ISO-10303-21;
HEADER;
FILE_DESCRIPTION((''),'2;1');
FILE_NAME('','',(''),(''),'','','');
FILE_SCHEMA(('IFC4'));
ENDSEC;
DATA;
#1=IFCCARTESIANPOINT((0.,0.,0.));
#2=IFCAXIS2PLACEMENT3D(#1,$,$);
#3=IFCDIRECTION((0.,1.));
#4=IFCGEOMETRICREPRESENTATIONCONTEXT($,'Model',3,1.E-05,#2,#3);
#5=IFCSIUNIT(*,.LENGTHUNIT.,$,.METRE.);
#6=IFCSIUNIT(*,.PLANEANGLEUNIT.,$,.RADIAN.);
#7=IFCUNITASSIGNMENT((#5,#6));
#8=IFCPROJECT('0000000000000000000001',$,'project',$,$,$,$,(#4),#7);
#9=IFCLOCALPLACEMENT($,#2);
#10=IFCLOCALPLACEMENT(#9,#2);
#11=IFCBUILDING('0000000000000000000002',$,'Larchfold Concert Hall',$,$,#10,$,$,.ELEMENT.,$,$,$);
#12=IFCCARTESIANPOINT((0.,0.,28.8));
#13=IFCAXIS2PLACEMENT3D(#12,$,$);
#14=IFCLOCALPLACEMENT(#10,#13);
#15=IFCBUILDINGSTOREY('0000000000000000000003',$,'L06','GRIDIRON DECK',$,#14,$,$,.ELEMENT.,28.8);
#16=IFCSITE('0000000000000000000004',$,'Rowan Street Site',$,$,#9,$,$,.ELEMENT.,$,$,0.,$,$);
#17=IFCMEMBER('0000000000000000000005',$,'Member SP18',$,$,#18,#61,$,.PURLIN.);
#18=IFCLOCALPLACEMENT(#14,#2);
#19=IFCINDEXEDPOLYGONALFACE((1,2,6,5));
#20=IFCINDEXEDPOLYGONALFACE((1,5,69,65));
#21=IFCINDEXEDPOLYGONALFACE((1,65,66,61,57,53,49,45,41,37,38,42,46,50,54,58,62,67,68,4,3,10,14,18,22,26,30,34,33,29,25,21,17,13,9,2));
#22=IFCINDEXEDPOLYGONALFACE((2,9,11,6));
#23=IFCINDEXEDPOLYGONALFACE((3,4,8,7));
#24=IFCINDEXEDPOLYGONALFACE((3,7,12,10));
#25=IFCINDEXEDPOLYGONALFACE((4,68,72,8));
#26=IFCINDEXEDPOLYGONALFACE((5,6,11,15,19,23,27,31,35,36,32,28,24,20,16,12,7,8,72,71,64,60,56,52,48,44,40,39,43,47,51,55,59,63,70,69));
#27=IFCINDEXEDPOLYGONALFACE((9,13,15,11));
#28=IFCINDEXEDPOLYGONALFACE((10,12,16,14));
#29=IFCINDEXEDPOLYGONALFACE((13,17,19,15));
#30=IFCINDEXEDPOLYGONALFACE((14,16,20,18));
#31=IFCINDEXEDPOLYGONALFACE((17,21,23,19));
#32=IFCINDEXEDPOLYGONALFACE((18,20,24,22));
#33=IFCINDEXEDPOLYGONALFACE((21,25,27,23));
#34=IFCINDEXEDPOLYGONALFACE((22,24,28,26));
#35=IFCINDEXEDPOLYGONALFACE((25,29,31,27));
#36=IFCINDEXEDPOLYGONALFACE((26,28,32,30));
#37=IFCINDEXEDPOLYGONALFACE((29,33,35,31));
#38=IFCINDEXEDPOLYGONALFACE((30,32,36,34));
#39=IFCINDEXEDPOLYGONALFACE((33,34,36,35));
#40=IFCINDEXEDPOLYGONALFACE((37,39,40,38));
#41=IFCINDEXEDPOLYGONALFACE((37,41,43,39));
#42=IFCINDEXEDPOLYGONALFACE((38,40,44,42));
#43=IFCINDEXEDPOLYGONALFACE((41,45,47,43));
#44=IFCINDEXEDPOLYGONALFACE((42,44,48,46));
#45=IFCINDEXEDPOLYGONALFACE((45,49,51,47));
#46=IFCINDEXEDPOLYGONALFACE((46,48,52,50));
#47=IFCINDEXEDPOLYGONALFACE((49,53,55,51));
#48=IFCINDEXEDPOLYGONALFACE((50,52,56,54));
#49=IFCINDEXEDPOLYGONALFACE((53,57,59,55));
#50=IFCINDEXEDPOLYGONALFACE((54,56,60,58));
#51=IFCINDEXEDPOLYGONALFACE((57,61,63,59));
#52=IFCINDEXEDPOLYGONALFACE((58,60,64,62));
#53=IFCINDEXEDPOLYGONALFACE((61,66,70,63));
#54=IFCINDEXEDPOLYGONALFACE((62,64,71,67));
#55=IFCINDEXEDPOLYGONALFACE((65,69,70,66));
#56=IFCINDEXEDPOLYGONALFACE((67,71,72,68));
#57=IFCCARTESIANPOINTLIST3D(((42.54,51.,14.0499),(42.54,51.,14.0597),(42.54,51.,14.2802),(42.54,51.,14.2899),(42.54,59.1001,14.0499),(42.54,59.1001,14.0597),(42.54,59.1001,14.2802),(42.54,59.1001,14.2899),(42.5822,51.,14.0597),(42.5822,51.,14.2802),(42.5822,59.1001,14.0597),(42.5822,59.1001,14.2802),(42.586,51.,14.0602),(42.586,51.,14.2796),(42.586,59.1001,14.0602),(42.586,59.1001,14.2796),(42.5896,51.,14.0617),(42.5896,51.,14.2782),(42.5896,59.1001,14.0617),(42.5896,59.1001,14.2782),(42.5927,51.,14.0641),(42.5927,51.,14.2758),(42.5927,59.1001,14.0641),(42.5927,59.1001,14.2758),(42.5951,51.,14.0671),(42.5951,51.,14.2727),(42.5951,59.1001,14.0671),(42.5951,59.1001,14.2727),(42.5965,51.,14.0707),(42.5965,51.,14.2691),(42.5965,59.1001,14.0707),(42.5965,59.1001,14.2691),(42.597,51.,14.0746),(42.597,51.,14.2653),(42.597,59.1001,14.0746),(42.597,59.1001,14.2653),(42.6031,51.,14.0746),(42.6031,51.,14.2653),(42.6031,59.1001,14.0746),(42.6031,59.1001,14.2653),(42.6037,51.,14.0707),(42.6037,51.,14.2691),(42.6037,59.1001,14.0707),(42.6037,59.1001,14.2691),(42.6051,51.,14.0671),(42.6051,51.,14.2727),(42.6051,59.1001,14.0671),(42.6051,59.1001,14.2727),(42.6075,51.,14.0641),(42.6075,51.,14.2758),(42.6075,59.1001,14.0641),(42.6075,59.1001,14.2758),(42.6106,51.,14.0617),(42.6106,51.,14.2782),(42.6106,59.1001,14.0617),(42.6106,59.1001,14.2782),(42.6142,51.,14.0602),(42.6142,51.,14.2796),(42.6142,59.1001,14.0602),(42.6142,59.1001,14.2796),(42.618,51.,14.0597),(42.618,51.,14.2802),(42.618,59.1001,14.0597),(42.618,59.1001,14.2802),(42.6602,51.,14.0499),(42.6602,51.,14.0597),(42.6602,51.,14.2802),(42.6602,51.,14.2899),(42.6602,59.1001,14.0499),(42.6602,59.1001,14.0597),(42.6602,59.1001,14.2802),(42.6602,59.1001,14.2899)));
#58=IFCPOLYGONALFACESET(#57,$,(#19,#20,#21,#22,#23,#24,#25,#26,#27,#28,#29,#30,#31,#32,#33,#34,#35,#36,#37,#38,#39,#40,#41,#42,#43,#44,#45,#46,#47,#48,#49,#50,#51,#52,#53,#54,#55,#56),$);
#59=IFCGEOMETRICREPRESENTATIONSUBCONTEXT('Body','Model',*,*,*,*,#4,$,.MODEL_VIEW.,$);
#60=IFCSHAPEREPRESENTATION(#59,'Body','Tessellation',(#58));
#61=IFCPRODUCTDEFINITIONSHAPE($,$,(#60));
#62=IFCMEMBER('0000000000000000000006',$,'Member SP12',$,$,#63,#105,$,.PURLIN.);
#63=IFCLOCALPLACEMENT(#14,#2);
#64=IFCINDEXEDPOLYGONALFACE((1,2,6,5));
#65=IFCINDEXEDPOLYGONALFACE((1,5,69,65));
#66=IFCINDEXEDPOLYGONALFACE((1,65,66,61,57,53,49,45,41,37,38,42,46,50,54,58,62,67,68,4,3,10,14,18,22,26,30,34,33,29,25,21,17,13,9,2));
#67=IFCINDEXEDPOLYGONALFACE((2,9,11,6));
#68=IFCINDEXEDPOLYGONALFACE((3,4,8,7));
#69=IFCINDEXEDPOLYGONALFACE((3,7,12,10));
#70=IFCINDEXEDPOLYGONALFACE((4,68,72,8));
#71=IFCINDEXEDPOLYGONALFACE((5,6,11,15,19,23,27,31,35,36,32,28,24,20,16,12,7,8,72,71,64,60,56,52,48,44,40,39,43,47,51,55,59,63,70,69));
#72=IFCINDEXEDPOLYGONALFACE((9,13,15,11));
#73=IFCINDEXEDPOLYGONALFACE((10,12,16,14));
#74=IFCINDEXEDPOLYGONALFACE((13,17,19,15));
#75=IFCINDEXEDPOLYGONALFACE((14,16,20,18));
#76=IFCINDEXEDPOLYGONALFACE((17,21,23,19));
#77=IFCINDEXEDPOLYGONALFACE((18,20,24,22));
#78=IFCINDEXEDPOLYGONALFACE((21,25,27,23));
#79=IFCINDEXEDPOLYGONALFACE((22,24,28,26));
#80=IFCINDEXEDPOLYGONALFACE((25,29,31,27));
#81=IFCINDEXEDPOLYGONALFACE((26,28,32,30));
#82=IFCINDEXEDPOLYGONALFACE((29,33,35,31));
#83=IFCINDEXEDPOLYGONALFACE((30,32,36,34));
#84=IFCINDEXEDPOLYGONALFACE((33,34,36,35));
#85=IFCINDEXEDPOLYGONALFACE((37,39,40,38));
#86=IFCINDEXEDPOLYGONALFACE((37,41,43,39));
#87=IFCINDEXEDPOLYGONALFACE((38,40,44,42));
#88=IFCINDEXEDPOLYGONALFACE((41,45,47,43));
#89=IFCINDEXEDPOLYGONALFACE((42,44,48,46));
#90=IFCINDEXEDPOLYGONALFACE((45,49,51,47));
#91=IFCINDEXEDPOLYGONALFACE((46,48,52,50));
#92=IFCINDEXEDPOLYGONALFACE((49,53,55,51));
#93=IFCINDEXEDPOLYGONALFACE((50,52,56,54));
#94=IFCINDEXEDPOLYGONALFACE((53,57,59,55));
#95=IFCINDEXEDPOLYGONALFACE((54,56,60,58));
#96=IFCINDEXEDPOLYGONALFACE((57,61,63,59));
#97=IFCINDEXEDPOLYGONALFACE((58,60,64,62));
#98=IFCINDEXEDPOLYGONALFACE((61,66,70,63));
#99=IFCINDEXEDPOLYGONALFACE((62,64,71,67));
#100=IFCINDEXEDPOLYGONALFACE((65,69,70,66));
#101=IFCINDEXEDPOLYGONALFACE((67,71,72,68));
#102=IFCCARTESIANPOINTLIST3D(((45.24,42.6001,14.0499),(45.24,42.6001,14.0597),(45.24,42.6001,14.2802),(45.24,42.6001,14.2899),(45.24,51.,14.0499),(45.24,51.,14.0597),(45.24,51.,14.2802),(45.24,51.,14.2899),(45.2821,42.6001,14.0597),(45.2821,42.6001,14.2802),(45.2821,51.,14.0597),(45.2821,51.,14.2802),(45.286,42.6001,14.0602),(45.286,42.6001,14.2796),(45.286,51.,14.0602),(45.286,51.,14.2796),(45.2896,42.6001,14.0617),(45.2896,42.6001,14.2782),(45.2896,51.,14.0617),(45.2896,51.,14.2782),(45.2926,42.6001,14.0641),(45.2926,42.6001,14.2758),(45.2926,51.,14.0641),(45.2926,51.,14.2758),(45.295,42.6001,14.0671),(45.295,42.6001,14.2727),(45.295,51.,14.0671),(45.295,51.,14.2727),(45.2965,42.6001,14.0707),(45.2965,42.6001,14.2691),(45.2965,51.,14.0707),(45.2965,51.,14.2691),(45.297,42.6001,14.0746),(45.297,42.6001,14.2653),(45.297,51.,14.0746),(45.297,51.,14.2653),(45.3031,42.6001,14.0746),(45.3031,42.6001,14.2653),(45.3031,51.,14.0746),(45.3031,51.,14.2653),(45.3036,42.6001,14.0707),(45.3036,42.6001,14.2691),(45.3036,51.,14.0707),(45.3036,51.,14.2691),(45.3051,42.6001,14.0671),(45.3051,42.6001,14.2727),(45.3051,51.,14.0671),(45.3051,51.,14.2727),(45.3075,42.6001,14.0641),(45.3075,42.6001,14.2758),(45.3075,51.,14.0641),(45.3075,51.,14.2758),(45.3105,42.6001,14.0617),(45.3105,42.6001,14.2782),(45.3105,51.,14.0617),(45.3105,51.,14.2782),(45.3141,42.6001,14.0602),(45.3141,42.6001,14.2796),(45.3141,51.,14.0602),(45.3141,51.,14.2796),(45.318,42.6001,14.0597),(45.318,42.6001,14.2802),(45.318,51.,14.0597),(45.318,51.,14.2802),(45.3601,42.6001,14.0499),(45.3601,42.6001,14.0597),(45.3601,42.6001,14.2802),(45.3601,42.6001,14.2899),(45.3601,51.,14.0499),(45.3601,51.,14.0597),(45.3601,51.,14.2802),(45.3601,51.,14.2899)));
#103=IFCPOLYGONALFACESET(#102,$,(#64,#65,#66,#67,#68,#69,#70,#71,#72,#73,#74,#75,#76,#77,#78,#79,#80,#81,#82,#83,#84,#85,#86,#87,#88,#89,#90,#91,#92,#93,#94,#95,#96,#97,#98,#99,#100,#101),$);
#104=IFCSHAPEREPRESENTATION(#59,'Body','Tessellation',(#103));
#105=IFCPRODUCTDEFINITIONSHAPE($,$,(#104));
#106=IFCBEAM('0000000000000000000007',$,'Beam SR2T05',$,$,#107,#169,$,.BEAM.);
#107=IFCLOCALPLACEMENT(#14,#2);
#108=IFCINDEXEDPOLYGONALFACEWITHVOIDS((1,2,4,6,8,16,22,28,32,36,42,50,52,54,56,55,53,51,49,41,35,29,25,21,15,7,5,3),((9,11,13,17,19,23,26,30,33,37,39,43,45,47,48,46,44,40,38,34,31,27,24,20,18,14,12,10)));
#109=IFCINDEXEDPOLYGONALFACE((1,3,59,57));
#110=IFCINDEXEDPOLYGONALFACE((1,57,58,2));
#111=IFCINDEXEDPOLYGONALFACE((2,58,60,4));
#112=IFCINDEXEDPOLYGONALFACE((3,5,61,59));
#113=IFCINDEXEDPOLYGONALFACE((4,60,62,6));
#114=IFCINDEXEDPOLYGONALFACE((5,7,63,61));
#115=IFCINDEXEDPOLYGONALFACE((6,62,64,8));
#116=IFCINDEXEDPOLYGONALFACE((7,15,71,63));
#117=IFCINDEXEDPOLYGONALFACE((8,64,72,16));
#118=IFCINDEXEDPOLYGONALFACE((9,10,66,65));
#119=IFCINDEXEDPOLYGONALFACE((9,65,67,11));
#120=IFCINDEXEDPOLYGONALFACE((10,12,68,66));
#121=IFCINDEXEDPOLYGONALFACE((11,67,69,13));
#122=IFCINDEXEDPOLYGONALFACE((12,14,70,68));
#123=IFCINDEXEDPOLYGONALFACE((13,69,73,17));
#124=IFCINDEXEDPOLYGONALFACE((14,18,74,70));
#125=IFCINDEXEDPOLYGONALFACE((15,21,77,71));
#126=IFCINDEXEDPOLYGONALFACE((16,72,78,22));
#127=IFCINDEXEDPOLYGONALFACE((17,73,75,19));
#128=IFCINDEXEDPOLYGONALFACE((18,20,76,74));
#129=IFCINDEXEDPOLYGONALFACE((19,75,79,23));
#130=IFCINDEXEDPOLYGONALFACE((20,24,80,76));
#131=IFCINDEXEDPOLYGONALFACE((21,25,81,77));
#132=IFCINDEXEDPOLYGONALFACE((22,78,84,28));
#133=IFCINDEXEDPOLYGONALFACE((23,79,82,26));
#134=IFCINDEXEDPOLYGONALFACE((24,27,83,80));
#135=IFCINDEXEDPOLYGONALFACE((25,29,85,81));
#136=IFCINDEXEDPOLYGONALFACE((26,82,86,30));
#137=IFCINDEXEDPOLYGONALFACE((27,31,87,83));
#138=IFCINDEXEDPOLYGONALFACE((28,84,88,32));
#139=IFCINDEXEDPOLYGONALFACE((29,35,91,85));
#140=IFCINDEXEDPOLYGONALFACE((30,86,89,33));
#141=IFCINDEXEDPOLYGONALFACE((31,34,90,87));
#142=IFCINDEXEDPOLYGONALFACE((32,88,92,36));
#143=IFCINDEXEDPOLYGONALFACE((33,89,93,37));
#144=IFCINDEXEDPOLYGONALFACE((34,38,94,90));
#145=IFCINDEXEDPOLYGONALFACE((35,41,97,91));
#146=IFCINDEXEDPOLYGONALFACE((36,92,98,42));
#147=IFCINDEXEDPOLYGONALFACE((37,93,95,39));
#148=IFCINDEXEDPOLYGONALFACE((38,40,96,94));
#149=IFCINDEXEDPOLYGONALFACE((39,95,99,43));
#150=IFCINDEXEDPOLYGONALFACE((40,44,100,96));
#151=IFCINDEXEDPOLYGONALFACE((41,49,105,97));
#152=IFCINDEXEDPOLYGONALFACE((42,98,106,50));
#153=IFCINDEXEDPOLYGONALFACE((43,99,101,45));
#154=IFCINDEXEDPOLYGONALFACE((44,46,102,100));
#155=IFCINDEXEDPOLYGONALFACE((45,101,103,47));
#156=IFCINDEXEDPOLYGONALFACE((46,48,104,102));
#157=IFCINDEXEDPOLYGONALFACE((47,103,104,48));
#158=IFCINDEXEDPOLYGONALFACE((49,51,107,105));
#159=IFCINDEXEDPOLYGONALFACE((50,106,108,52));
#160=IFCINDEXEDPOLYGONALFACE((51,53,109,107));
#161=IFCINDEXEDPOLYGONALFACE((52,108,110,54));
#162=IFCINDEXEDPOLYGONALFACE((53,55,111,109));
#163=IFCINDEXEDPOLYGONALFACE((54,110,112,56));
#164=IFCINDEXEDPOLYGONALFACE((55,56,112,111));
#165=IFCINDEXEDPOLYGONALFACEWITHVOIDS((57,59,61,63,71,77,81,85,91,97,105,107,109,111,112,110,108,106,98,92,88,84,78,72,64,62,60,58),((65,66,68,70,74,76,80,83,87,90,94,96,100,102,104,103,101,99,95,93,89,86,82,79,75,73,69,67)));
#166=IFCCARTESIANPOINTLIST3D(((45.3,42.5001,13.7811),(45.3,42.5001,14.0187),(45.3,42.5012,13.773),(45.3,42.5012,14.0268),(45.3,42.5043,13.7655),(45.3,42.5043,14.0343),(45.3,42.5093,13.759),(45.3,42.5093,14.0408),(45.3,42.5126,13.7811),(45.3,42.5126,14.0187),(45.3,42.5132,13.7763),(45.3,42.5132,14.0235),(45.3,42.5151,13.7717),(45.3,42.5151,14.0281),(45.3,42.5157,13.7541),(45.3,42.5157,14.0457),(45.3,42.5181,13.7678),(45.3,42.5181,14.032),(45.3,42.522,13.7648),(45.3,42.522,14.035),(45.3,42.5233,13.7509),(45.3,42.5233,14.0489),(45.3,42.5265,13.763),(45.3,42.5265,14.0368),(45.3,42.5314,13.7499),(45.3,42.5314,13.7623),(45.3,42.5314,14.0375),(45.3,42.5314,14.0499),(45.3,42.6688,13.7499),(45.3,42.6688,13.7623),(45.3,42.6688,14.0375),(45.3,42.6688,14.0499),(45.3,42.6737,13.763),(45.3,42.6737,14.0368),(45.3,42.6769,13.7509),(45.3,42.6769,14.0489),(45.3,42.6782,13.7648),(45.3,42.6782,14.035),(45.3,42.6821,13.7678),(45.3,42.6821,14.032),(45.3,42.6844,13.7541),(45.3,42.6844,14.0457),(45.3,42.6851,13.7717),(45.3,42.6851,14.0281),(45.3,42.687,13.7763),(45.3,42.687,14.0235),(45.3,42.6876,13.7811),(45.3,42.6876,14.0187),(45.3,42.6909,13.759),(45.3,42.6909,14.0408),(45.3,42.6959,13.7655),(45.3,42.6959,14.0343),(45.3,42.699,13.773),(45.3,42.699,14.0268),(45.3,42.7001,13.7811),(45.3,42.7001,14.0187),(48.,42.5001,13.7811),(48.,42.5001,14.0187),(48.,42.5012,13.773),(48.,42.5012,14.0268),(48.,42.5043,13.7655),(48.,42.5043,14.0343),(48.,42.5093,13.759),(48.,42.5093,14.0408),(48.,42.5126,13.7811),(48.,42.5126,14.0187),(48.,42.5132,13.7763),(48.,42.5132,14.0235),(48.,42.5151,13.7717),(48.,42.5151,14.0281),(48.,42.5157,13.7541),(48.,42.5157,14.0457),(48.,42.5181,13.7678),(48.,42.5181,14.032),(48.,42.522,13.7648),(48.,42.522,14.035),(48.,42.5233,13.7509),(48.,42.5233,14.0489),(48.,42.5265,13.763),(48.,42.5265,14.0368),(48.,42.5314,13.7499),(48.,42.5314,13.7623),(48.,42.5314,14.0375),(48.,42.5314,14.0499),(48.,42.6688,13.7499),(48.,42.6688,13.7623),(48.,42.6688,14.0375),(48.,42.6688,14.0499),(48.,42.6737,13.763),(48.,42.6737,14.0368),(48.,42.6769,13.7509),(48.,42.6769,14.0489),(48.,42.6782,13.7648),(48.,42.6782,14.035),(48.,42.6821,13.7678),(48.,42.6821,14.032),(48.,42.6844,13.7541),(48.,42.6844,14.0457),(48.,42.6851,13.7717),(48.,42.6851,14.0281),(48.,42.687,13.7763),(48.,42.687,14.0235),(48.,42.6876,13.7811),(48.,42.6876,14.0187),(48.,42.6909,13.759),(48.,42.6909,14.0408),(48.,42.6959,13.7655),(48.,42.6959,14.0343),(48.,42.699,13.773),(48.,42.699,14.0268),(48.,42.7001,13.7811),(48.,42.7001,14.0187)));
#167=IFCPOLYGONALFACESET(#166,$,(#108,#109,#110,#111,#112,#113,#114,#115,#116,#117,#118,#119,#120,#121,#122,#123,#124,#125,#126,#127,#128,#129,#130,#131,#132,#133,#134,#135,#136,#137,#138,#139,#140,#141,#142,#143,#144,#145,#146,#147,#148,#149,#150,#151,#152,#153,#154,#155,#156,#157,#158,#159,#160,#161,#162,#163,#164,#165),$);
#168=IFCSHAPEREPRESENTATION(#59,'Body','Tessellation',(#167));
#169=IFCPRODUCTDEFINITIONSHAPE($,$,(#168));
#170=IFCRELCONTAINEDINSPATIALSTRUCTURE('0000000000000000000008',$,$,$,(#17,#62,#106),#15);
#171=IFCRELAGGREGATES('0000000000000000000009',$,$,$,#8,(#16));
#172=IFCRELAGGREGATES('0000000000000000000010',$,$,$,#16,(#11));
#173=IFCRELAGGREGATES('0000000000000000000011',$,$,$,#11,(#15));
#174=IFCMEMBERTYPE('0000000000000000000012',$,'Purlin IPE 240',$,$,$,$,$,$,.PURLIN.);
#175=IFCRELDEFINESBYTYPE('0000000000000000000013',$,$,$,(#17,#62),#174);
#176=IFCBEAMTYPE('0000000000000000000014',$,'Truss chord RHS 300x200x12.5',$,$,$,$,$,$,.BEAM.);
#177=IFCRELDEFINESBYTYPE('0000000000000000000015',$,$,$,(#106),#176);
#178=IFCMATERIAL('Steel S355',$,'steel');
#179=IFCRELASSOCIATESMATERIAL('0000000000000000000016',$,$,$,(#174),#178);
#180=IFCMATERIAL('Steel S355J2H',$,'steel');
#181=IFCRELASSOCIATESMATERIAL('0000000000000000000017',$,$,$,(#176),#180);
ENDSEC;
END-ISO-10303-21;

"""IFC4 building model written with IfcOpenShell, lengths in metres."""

from ifc_helpers import new_model, si_unit, direction, frame, origin, origin_2d, place, context, subcontext, project, spatial, hollow_rectangle, i_section, extrude, material, material_profile, profile_set, type_object, element, save


model = new_model("IFC4")

# Units and contexts
model_context = context("Model", 3, precision=1e-05, world=origin(), true_north=direction((0.0, 1.0)))
body_context = subcontext(model_context, "Body", "Model", "MODEL_VIEW")
ifc_project = project(units=[si_unit("LENGTHUNIT", "METRE"), si_unit("PLANEANGLEUNIT", "RADIAN")], contexts=[model_context])

# Site, building, storey
site_placement = place(None, origin())
site = spatial("IfcSite", under=ifc_project, at=site_placement, Name="Rowan Street Site", CompositionType="ELEMENT", RefElevation=0.0)
building_placement = place(site_placement, origin())
building = spatial("IfcBuilding", under=site, at=building_placement, Name="Larchfold Concert Hall", CompositionType="ELEMENT")
storey_placement = place(building_placement, frame((0.0, 0.0, 28.8)))
storey = spatial("IfcBuildingStorey", under=building, at=storey_placement, Name="L06", Description="GRIDIRON DECK", CompositionType="ELEMENT", Elevation=28.8)

# Members
ifc_material_1 = material(Name="Steel S355", Category="steel")
ifc_material_profile_1 = material_profile(ifc_material_1, i_section(OverallWidth=0.1201, OverallDepth=0.24, WebThickness=0.0061, FlangeThickness=0.0098, FilletRadius=0.0149, at=origin_2d()))
ifc_profile_set_1 = profile_set([ifc_material_profile_1], Name="Steel S355")
member_type_1 = type_object("IfcMemberType", Name="Purlin IPE 240", PredefinedType="PURLIN", material=ifc_profile_set_1)
member_1_placement = place(storey_placement, frame((42.6001, 51.0, 14.1699), z_axis=(0.0, 1.0, 0.0), x_axis=(-1.0, 0.0, 0.0)))
element("IfcMember", 1, at=member_1_placement, inside=storey, type_object=member_type_1, Name="Member SP18", PredefinedType="PURLIN", context=body_context, shape_type="SweptSolid", body=[
    extrude(i_section(OverallWidth=0.1201, OverallDepth=0.24, WebThickness=0.0061, FlangeThickness=0.0098, FilletRadius=0.0149, at=origin_2d()), origin(), (0.0, 0.0, 1.0), 8.1001),
])
member_2_placement = place(storey_placement, frame((45.3, 42.6001, 14.1699), z_axis=(0.0, 1.0, 0.0), x_axis=(-1.0, 0.0, 0.0)))
element("IfcMember", 2, at=member_2_placement, inside=storey, type_object=member_type_1, Name="Member SP12", PredefinedType="PURLIN", context=body_context, shape_type="SweptSolid", body=[
    extrude(i_section(OverallWidth=0.1201, OverallDepth=0.24, WebThickness=0.0061, FlangeThickness=0.0098, FilletRadius=0.0149, at=origin_2d()), origin(), (0.0, 0.0, 1.0), 8.3999),
])

# Beam
ifc_material_2 = material(Name="Steel S355J2H", Category="steel")
ifc_material_profile_2 = material_profile(ifc_material_2, hollow_rectangle(XDim=0.2, YDim=0.3, WallThickness=0.0125, InnerFilletRadius=0.0188, OuterFilletRadius=0.0312, at=origin_2d()))
ifc_profile_set_2 = profile_set([ifc_material_profile_2], Name="Steel S355J2H")
beam_type_1 = type_object("IfcBeamType", Name="Truss chord RHS 300x200x12.5", PredefinedType="BEAM", material=ifc_profile_set_2)
for number, where, z_axis, x_axis, name in (
    (3, (45.3, 42.6001, 13.8999), (1.0, 0.0, 0.0), (0.0, 1.0, 0.0), "Beam SR2T05"),
):
    element("IfcBeam", number, at=place(storey_placement, frame(where, z_axis=z_axis, x_axis=x_axis)), inside=storey, type_object=beam_type_1, Name=name, PredefinedType="BEAM", context=body_context, shape_type="SweptSolid", body=[
        extrude(hollow_rectangle(XDim=0.2, YDim=0.3, WallThickness=0.0125, InnerFilletRadius=0.0188, OuterFilletRadius=0.0312, at=origin_2d()), origin(), (0.0, 0.0, 1.0), 2.7),
    ])

save(model, "model.ifc")
